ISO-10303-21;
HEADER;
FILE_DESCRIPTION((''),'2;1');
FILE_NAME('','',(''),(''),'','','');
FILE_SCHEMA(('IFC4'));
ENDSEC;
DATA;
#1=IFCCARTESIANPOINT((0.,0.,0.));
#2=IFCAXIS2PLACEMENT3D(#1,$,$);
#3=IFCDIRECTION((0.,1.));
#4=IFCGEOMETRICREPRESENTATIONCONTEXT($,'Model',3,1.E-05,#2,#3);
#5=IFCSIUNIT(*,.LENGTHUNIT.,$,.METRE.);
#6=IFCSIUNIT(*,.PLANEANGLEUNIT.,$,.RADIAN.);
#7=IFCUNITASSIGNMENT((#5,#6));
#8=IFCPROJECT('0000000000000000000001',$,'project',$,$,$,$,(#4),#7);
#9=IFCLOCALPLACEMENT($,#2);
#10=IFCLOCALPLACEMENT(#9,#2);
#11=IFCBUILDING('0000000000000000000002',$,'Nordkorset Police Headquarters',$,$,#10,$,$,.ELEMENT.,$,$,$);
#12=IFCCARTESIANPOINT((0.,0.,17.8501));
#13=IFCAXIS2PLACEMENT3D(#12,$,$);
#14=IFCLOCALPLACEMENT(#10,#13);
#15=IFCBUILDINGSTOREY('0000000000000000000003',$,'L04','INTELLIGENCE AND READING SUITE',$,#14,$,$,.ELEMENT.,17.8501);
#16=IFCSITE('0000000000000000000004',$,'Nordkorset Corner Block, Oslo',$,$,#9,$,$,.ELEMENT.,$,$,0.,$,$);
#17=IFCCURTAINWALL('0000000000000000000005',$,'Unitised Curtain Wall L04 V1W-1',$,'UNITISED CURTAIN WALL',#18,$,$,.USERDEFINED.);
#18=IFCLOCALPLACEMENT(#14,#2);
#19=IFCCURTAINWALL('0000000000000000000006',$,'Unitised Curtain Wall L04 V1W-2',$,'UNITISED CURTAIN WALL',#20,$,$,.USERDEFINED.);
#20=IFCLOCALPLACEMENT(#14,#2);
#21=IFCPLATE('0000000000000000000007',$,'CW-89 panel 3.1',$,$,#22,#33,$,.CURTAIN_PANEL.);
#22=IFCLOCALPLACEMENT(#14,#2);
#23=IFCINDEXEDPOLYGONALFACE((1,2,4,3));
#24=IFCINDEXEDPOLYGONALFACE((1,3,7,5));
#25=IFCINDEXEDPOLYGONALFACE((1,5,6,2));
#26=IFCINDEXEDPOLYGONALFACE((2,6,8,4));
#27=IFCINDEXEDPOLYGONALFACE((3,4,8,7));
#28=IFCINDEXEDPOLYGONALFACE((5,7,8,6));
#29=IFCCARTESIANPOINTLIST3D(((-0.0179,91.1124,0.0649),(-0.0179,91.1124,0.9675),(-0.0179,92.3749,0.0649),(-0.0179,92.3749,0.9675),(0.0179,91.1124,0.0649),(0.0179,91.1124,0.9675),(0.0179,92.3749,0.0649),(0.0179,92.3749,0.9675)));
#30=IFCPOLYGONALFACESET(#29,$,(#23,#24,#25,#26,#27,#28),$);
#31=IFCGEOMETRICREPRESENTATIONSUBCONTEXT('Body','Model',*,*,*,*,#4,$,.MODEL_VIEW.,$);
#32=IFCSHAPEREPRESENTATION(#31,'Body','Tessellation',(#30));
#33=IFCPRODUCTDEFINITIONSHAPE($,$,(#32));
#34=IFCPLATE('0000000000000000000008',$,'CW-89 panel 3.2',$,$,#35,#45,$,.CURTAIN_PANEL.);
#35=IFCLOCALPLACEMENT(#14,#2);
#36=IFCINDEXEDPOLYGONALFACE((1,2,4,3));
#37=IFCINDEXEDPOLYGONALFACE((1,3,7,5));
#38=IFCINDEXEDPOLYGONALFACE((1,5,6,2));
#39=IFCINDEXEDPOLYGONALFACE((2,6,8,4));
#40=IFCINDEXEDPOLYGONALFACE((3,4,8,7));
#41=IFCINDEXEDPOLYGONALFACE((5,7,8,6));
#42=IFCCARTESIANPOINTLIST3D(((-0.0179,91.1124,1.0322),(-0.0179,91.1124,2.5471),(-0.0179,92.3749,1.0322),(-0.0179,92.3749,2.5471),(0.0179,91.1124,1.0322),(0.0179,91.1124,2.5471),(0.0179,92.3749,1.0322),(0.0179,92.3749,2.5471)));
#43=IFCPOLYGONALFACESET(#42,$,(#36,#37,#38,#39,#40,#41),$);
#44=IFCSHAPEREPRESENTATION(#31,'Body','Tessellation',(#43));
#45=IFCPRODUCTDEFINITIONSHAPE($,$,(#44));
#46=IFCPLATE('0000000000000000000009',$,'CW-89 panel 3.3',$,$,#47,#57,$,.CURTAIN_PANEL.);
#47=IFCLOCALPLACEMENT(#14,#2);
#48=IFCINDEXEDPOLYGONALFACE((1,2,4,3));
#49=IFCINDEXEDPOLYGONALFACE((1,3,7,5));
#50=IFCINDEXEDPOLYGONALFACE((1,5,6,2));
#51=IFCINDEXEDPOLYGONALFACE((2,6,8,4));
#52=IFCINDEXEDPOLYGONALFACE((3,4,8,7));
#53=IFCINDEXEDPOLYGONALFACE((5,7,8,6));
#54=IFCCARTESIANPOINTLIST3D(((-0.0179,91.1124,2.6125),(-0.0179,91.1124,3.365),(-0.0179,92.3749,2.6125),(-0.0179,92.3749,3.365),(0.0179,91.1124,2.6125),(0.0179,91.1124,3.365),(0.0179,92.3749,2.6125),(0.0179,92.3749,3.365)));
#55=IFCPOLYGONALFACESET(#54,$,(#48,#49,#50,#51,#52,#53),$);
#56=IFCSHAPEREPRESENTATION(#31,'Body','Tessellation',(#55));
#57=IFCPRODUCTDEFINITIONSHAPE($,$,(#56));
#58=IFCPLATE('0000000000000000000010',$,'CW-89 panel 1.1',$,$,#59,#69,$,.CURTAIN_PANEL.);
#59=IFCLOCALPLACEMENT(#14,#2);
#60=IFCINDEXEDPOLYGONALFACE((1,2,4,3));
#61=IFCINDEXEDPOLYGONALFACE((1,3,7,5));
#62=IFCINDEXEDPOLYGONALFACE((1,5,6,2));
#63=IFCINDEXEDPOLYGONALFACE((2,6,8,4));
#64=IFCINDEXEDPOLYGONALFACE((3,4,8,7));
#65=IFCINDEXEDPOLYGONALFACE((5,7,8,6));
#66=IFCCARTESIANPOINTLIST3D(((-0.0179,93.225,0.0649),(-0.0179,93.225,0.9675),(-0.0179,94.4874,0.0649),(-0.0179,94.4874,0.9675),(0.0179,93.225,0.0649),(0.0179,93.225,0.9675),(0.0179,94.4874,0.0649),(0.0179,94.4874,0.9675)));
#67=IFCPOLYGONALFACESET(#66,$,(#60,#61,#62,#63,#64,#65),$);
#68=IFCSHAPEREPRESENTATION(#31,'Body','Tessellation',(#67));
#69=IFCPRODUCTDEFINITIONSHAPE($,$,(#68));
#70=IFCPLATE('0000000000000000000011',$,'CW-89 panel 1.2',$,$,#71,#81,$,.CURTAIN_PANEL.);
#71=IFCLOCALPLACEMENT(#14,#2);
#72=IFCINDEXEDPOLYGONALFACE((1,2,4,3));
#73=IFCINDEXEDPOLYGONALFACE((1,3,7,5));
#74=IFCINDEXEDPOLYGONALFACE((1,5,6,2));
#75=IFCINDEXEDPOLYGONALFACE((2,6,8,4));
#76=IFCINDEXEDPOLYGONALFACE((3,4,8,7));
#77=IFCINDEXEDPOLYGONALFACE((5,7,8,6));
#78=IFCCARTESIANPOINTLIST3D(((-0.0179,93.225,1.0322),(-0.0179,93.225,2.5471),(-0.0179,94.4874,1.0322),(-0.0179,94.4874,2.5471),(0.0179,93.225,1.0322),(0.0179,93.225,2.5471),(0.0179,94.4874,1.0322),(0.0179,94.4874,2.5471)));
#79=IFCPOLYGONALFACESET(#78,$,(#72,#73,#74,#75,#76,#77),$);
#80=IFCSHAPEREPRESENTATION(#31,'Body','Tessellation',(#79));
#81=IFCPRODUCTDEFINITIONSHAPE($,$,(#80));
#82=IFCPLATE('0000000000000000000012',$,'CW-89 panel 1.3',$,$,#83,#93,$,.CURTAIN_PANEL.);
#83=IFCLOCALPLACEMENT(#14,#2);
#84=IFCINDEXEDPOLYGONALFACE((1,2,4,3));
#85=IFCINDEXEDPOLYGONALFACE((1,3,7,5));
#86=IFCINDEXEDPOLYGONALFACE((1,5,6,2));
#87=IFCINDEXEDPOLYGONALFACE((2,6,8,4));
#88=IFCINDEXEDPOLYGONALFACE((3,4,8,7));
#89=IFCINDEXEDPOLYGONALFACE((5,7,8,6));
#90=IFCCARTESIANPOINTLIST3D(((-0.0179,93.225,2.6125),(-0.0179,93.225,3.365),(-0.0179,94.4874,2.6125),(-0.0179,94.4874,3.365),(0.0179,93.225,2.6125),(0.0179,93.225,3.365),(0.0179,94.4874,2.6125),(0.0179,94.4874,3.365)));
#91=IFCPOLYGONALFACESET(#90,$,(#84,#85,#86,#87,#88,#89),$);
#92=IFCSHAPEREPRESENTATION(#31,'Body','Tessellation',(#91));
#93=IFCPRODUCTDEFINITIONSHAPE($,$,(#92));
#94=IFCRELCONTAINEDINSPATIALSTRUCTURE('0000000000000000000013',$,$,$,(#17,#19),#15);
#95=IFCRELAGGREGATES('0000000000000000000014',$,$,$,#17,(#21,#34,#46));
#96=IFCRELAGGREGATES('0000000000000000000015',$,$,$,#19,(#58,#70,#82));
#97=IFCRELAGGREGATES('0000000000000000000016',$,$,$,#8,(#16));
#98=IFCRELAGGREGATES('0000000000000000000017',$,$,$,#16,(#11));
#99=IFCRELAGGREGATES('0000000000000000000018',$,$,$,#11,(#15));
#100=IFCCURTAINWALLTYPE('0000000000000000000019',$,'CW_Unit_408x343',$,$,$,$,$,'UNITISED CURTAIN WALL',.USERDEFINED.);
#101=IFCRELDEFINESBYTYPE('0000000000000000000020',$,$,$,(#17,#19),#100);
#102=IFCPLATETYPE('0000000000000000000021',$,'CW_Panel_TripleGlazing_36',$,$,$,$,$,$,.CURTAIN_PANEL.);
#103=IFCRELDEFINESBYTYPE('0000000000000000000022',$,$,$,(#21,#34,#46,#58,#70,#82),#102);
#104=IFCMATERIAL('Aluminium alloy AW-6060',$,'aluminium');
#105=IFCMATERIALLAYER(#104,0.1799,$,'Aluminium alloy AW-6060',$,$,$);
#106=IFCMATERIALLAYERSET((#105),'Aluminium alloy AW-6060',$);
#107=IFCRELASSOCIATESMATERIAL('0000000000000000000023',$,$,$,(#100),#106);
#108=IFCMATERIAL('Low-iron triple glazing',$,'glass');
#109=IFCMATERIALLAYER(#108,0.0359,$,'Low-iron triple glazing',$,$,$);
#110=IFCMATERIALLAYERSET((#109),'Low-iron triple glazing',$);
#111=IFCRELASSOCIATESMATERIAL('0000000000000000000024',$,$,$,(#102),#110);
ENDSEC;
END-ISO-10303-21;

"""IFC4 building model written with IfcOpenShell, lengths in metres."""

from ifc_helpers import new_model, si_unit, direction, frame, origin, origin_2d, place, context, subcontext, project, spatial, rectangle, extrude, material, layer, layer_set, type_object, element, aggregate, save


model = new_model("IFC4")

# Units and contexts
model_context = context("Model", 3, precision=1e-05, world=origin(), true_north=direction((0.0, 1.0)))
body_context = subcontext(model_context, "Body", "Model", "MODEL_VIEW")
ifc_project = project(units=[si_unit("LENGTHUNIT", "METRE"), si_unit("PLANEANGLEUNIT", "RADIAN")], contexts=[model_context])

# Site, building, storey
site_placement = place(None, origin())
site = spatial("IfcSite", under=ifc_project, at=site_placement, Name="Nordkorset Corner Block, Oslo", CompositionType="ELEMENT", RefElevation=0.0)
building_placement = place(site_placement, origin())
building = spatial("IfcBuilding", under=site, at=building_placement, Name="Nordkorset Police Headquarters", CompositionType="ELEMENT")
storey_placement = place(building_placement, frame((0.0, 0.0, 17.8501)))
storey = spatial("IfcBuildingStorey", under=building, at=storey_placement, Name="L04", Description="INTELLIGENCE AND READING SUITE", CompositionType="ELEMENT", Elevation=17.8501)

# Curtain walls
ifc_material_1 = material(Name="Aluminium alloy AW-6060", Category="aluminium")
ifc_layer_1 = layer(ifc_material_1, 0.1799, Name="Aluminium alloy AW-6060")
ifc_layer_set_1 = layer_set([ifc_layer_1], Name="Aluminium alloy AW-6060")
curtain_wall_type = type_object("IfcCurtainWallType", Name="CW_Unit_408x343", ElementType="UNITISED CURTAIN WALL", PredefinedType="USERDEFINED", material=ifc_layer_set_1)
curtain_wall_1_placement = place(storey_placement, origin())
curtain_wall_1 = element("IfcCurtainWall", 1, at=curtain_wall_1_placement, inside=storey, type_object=curtain_wall_type, Name="Unitised Curtain Wall L04 V1W-1", ObjectType="UNITISED CURTAIN WALL", PredefinedType="USERDEFINED")
curtain_wall_2_placement = place(storey_placement, origin())
curtain_wall_2 = element("IfcCurtainWall", 2, at=curtain_wall_2_placement, inside=storey, type_object=curtain_wall_type, Name="Unitised Curtain Wall L04 V1W-2", ObjectType="UNITISED CURTAIN WALL", PredefinedType="USERDEFINED")

# Plates
ifc_material_2 = material(Name="Low-iron triple glazing", Category="glass")
ifc_layer_2 = layer(ifc_material_2, 0.0359, Name="Low-iron triple glazing")
ifc_layer_set_2 = layer_set([ifc_layer_2], Name="Low-iron triple glazing")
plate_type = type_object("IfcPlateType", Name="CW_Panel_TripleGlazing_36", PredefinedType="CURTAIN_PANEL", material=ifc_layer_set_2)
plate_1_placement = place(storey_placement, frame((0.0, 91.7437, 0.0649), z_axis=(0.0, 0.0, 1.0), x_axis=(0.0, 1.0, 0.0)))
plate_1 = element("IfcPlate", 3, at=plate_1_placement, type_object=plate_type, Name="CW-89 panel 3.1", PredefinedType="CURTAIN_PANEL", context=body_context, shape_type="SweptSolid", body=[
    extrude(rectangle(XDim=1.2625, YDim=0.0359, at=origin_2d()), origin(), (0.0, 0.0, 1.0), 0.9026),
])
plate_2_placement = place(storey_placement, frame((0.0, 91.7437, 1.0322), z_axis=(0.0, 0.0, 1.0), x_axis=(0.0, 1.0, 0.0)))
plate_2 = element("IfcPlate", 4, at=plate_2_placement, type_object=plate_type, Name="CW-89 panel 3.2", PredefinedType="CURTAIN_PANEL", context=body_context, shape_type="SweptSolid", body=[
    extrude(rectangle(XDim=1.2625, YDim=0.0359, at=origin_2d()), origin(), (0.0, 0.0, 1.0), 1.5149),
])
plate_3_placement = place(storey_placement, frame((0.0, 91.7437, 2.6125), z_axis=(0.0, 0.0, 1.0), x_axis=(0.0, 1.0, 0.0)))
plate_3 = element("IfcPlate", 5, at=plate_3_placement, type_object=plate_type, Name="CW-89 panel 3.3", PredefinedType="CURTAIN_PANEL", context=body_context, shape_type="SweptSolid", body=[
    extrude(rectangle(XDim=1.2625, YDim=0.0359, at=origin_2d()), origin(), (0.0, 0.0, 1.0), 0.7524),
])
aggregate(curtain_wall_1, [plate_1, plate_2, plate_3])
plate_4_placement = place(storey_placement, frame((0.0, 93.8562, 0.0649), z_axis=(0.0, 0.0, 1.0), x_axis=(0.0, 1.0, 0.0)))
plate_4 = element("IfcPlate", 6, at=plate_4_placement, type_object=plate_type, Name="CW-89 panel 1.1", PredefinedType="CURTAIN_PANEL", context=body_context, shape_type="SweptSolid", body=[
    extrude(rectangle(XDim=1.2625, YDim=0.0359, at=origin_2d()), origin(), (0.0, 0.0, 1.0), 0.9026),
])
plate_5_placement = place(storey_placement, frame((0.0, 93.8562, 1.0322), z_axis=(0.0, 0.0, 1.0), x_axis=(0.0, 1.0, 0.0)))
plate_5 = element("IfcPlate", 7, at=plate_5_placement, type_object=plate_type, Name="CW-89 panel 1.2", PredefinedType="CURTAIN_PANEL", context=body_context, shape_type="SweptSolid", body=[
    extrude(rectangle(XDim=1.2625, YDim=0.0359, at=origin_2d()), origin(), (0.0, 0.0, 1.0), 1.5149),
])
plate_6_placement = place(storey_placement, frame((0.0, 93.8562, 2.6125), z_axis=(0.0, 0.0, 1.0), x_axis=(0.0, 1.0, 0.0)))
plate_6 = element("IfcPlate", 8, at=plate_6_placement, type_object=plate_type, Name="CW-89 panel 1.3", PredefinedType="CURTAIN_PANEL", context=body_context, shape_type="SweptSolid", body=[
    extrude(rectangle(XDim=1.2625, YDim=0.0359, at=origin_2d()), origin(), (0.0, 0.0, 1.0), 0.7524),
])
aggregate(curtain_wall_2, [plate_4, plate_5, plate_6])

save(model, "model.ifc")
